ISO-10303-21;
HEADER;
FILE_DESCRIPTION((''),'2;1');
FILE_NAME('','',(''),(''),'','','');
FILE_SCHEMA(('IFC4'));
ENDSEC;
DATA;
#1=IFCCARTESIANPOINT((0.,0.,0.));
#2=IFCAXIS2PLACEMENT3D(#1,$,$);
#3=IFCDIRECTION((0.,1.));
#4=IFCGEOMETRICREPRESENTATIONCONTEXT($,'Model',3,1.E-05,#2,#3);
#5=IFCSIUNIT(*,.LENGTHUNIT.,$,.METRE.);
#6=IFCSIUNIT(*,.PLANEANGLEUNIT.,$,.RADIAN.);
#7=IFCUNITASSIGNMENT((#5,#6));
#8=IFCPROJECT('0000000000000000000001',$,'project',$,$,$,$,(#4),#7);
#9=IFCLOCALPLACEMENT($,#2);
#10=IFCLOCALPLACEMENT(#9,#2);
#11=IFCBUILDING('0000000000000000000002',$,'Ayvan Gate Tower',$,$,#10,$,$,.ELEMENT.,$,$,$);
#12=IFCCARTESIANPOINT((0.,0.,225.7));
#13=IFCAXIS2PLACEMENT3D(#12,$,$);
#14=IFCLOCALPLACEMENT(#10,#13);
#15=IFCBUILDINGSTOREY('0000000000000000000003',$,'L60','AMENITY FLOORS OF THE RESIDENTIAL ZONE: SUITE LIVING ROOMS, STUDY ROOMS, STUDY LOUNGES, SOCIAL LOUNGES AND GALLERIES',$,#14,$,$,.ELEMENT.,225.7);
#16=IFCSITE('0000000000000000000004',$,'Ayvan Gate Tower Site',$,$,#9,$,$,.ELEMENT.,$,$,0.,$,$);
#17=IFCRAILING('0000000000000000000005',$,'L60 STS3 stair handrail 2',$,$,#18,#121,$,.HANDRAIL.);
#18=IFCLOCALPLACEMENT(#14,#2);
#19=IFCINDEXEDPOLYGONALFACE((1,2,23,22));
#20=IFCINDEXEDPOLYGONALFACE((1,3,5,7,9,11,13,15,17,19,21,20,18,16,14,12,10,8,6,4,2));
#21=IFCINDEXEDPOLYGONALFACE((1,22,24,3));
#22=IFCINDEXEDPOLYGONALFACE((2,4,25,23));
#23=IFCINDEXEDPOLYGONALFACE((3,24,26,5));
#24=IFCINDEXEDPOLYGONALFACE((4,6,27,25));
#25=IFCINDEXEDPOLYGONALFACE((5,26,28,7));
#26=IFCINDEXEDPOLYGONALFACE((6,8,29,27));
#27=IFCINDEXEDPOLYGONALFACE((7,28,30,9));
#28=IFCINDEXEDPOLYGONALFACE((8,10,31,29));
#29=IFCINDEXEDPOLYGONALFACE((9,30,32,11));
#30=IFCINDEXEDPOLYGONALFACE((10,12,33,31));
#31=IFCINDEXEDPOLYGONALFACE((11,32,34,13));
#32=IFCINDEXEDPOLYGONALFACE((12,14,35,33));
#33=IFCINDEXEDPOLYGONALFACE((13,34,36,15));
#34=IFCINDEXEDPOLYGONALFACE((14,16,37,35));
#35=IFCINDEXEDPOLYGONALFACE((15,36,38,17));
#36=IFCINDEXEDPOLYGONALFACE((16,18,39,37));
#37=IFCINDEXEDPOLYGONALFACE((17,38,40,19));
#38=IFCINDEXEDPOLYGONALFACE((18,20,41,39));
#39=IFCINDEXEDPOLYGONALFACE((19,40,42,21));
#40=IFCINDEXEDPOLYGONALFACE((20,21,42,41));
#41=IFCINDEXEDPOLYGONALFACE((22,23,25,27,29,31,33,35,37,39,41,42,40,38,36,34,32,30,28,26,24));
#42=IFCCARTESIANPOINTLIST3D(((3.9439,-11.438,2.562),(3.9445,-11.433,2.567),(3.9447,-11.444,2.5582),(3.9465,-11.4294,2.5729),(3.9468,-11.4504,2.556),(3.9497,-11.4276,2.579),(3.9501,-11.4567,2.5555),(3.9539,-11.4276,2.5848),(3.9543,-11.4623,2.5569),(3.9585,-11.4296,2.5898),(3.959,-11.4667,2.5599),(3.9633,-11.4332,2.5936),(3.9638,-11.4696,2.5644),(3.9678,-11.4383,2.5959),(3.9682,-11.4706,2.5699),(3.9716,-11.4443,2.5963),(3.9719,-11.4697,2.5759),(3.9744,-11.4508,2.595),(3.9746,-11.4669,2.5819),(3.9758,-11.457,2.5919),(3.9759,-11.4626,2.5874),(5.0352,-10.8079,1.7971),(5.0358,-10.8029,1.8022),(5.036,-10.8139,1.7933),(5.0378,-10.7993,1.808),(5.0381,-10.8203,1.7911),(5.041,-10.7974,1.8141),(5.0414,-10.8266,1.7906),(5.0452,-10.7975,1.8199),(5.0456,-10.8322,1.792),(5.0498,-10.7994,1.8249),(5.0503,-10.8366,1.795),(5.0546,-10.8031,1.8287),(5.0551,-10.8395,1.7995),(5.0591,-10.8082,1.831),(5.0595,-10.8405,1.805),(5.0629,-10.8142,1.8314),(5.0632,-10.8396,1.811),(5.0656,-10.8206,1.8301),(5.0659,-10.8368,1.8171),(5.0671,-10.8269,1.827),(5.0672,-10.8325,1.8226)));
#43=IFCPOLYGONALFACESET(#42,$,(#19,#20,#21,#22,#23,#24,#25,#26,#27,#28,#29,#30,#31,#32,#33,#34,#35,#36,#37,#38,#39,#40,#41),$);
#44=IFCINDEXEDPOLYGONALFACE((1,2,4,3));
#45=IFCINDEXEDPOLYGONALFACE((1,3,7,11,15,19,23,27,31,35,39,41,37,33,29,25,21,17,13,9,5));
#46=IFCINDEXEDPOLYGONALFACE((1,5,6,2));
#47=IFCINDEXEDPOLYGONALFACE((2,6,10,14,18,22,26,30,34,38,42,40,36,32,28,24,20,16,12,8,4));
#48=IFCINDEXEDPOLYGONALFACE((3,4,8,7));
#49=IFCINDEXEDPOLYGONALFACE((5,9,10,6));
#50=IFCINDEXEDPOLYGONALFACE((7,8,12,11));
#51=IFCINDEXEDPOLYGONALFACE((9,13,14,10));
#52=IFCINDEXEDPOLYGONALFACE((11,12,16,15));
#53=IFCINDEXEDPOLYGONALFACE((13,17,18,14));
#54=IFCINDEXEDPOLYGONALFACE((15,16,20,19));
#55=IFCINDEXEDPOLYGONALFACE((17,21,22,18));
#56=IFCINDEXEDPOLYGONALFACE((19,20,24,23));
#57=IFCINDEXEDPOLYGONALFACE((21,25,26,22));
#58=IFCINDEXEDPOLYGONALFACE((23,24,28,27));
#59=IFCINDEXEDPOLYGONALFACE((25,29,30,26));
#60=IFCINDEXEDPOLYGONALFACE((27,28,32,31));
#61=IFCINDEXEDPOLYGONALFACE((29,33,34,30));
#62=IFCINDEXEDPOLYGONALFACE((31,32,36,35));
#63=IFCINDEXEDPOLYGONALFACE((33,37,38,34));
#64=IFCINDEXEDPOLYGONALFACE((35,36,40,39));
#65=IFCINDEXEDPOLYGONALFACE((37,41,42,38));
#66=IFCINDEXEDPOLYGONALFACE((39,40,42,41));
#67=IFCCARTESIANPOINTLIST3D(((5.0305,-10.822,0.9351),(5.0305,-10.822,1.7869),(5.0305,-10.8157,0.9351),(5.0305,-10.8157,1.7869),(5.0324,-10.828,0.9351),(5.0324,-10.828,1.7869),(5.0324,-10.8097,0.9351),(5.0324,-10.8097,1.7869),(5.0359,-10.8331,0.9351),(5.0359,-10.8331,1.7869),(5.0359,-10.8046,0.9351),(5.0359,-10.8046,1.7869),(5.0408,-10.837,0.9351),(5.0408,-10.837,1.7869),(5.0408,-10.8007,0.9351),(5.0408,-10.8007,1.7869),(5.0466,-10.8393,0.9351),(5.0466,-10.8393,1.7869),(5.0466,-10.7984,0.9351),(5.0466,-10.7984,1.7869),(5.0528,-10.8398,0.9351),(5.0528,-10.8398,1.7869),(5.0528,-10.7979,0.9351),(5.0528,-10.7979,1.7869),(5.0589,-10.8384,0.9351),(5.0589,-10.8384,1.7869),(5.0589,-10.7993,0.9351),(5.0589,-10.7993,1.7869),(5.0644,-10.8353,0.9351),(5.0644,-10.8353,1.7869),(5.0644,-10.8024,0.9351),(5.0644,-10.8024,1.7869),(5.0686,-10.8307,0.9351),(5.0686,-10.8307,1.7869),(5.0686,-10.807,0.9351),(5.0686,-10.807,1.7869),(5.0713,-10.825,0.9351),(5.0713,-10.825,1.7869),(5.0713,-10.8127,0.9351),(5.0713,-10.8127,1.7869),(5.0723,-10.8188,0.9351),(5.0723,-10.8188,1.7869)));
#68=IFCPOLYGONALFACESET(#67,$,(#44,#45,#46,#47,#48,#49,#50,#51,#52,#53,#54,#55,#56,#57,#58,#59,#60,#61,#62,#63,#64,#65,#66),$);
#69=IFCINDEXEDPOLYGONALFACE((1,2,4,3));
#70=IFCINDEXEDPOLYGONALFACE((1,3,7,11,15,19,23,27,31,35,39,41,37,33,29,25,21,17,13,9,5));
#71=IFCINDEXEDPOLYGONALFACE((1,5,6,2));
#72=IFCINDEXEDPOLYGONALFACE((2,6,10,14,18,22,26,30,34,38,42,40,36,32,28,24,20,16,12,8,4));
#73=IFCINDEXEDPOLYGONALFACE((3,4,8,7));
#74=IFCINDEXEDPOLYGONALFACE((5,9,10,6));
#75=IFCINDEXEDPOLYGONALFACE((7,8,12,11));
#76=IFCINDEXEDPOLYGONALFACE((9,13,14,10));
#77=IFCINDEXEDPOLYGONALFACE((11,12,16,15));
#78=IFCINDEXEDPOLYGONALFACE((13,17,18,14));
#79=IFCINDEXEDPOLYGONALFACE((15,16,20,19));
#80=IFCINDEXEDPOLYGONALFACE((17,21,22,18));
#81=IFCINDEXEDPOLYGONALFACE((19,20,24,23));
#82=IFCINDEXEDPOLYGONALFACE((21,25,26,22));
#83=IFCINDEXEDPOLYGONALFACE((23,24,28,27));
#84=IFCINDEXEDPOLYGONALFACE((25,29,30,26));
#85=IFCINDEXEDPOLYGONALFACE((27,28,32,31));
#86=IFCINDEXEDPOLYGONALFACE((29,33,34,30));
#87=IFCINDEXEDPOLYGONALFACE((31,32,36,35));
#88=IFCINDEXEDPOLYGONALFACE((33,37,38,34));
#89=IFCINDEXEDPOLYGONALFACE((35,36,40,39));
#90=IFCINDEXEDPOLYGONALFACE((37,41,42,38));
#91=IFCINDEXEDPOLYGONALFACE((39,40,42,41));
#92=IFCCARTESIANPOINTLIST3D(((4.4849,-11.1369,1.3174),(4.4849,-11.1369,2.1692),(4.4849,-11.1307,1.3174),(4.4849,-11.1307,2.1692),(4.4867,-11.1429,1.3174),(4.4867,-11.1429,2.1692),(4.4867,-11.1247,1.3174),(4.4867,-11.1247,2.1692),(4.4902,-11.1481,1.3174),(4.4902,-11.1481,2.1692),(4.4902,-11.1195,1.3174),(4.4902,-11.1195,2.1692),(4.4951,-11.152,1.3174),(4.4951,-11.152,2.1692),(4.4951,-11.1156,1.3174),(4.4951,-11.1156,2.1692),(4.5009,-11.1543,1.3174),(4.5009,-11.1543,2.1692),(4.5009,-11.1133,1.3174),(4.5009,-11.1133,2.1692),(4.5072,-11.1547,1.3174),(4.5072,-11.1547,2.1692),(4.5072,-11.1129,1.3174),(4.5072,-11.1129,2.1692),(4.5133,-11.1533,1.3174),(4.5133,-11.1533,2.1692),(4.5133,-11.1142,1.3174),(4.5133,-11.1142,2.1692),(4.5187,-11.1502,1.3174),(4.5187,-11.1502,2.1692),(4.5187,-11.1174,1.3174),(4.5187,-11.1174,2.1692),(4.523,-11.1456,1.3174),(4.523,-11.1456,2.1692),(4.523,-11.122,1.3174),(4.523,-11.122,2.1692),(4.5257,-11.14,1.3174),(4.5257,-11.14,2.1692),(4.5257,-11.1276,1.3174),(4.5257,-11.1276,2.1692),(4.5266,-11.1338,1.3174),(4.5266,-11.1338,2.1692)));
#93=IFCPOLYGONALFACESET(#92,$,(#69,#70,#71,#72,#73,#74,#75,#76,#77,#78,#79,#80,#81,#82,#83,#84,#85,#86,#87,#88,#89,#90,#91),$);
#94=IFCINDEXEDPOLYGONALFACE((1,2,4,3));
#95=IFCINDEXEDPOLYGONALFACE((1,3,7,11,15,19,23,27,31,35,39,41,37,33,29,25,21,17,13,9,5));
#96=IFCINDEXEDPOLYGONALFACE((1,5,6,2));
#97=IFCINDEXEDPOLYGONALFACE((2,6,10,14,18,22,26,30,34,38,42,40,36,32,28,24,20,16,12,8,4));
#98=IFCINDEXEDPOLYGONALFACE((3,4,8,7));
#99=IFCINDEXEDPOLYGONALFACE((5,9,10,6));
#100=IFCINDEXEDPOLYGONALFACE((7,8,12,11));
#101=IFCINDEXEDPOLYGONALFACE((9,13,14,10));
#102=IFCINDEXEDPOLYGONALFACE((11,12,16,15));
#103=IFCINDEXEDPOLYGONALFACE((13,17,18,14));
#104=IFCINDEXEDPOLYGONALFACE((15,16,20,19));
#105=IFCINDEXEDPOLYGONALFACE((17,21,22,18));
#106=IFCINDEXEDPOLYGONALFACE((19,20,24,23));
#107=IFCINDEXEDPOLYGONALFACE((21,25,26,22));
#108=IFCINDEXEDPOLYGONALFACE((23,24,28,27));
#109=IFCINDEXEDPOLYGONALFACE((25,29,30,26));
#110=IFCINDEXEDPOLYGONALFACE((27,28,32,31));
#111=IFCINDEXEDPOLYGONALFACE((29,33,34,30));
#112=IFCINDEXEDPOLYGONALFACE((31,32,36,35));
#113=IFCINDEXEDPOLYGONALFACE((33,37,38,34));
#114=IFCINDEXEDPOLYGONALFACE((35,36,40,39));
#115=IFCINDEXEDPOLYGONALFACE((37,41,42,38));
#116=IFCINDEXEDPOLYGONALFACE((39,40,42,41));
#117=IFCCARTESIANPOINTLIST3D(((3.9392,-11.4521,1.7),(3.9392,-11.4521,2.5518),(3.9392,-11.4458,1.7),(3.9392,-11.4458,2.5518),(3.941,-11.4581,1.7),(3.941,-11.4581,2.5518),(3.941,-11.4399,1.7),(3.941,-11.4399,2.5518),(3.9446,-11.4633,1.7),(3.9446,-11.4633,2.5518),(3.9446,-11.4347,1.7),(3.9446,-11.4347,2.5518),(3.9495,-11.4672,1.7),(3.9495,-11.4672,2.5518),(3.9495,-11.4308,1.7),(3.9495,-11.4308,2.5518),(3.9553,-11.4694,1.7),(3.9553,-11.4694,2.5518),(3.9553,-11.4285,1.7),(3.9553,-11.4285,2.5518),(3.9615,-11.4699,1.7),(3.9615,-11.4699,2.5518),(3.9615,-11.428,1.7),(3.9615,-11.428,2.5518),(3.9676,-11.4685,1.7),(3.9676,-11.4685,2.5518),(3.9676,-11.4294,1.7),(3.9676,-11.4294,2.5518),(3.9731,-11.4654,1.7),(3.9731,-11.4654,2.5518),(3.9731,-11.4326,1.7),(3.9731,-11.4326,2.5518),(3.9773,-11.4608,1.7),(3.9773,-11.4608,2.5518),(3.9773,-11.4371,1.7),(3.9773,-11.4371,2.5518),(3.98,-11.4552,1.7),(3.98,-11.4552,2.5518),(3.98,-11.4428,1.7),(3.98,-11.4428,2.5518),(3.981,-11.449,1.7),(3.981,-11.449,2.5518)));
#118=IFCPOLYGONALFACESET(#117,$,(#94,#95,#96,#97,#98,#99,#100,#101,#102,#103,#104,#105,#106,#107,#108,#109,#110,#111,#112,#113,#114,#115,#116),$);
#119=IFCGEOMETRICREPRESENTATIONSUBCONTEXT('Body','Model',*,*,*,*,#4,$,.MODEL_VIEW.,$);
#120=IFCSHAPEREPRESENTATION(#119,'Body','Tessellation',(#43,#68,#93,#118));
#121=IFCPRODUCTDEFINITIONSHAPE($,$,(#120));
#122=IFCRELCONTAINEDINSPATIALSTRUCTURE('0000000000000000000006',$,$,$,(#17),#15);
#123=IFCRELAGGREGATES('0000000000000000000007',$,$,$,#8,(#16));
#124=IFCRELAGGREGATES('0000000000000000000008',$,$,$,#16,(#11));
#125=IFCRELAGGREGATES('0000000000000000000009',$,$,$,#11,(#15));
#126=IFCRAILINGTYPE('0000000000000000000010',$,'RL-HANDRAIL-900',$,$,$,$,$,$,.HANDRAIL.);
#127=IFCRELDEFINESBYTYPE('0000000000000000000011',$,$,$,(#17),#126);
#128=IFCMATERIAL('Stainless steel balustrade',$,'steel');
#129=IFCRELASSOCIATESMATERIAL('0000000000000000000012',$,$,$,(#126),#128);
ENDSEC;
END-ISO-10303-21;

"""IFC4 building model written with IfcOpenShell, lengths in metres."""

from ifc_helpers import new_model, si_unit, direction, frame, origin, origin_2d, place, context, subcontext, project, spatial, circle, extrude, material, type_object, element, save


model = new_model("IFC4")

# Units and contexts
model_context = context("Model", 3, precision=1e-05, world=origin(), true_north=direction((0.0, 1.0)))
body_context = subcontext(model_context, "Body", "Model", "MODEL_VIEW")
ifc_project = project(units=[si_unit("LENGTHUNIT", "METRE"), si_unit("PLANEANGLEUNIT", "RADIAN")], contexts=[model_context])

# Site, building, storey
site_placement = place(None, origin())
site = spatial("IfcSite", under=ifc_project, at=site_placement, Name="Ayvan Gate Tower Site", CompositionType="ELEMENT", RefElevation=0.0)
building_placement = place(site_placement, origin())
building = spatial("IfcBuilding", under=site, at=building_placement, Name="Ayvan Gate Tower", CompositionType="ELEMENT")
storey_placement = place(building_placement, frame((0.0, 0.0, 225.7)))
storey = spatial("IfcBuildingStorey", under=building, at=storey_placement, Name="L60", Description="AMENITY FLOORS OF THE RESIDENTIAL ZONE: SUITE LIVING ROOMS, STUDY ROOMS, STUDY LOUNGES, SOCIAL LOUNGES AND GALLERIES", CompositionType="ELEMENT", Elevation=225.7)

# Railing
ifc_material_1 = material(Name="Stainless steel balustrade", Category="steel")
railing_type_1 = type_object("IfcRailingType", Name="RL-HANDRAIL-900", PredefinedType="HANDRAIL", material=ifc_material_1)
railing_1_placement = place(storey_placement, frame((5.0513, -10.8188, 0.9351)))
element("IfcRailing", 1, at=railing_1_placement, inside=storey, type_object=railing_type_1, Name="L60 STS3 stair handrail 2", PredefinedType="HANDRAIL", context=body_context, shape_type="SweptSolid", body=[
    extrude(circle(Radius=0.0239, at=origin_2d()), frame((0.0, 0.0, 0.876), z_axis=(-0.740304, -0.427455, 0.518875), x_axis=(0.500035, -0.866005, 0.0)), (0.0, 0.0, 1.0), 1.4741),
    extrude(circle(Radius=0.021, at=origin_2d()), origin(), (0.0, 0.0, 1.0), 0.8518),
    extrude(circle(Radius=0.021, at=origin_2d()), frame((-0.5457, -0.3149, 0.3823)), (0.0, 0.0, 1.0), 0.8518),
    extrude(circle(Radius=0.021, at=origin_2d()), frame((-1.0913, -0.6301, 0.7649)), (0.0, 0.0, 1.0), 0.8518),
])

save(model, "model.ifc")
